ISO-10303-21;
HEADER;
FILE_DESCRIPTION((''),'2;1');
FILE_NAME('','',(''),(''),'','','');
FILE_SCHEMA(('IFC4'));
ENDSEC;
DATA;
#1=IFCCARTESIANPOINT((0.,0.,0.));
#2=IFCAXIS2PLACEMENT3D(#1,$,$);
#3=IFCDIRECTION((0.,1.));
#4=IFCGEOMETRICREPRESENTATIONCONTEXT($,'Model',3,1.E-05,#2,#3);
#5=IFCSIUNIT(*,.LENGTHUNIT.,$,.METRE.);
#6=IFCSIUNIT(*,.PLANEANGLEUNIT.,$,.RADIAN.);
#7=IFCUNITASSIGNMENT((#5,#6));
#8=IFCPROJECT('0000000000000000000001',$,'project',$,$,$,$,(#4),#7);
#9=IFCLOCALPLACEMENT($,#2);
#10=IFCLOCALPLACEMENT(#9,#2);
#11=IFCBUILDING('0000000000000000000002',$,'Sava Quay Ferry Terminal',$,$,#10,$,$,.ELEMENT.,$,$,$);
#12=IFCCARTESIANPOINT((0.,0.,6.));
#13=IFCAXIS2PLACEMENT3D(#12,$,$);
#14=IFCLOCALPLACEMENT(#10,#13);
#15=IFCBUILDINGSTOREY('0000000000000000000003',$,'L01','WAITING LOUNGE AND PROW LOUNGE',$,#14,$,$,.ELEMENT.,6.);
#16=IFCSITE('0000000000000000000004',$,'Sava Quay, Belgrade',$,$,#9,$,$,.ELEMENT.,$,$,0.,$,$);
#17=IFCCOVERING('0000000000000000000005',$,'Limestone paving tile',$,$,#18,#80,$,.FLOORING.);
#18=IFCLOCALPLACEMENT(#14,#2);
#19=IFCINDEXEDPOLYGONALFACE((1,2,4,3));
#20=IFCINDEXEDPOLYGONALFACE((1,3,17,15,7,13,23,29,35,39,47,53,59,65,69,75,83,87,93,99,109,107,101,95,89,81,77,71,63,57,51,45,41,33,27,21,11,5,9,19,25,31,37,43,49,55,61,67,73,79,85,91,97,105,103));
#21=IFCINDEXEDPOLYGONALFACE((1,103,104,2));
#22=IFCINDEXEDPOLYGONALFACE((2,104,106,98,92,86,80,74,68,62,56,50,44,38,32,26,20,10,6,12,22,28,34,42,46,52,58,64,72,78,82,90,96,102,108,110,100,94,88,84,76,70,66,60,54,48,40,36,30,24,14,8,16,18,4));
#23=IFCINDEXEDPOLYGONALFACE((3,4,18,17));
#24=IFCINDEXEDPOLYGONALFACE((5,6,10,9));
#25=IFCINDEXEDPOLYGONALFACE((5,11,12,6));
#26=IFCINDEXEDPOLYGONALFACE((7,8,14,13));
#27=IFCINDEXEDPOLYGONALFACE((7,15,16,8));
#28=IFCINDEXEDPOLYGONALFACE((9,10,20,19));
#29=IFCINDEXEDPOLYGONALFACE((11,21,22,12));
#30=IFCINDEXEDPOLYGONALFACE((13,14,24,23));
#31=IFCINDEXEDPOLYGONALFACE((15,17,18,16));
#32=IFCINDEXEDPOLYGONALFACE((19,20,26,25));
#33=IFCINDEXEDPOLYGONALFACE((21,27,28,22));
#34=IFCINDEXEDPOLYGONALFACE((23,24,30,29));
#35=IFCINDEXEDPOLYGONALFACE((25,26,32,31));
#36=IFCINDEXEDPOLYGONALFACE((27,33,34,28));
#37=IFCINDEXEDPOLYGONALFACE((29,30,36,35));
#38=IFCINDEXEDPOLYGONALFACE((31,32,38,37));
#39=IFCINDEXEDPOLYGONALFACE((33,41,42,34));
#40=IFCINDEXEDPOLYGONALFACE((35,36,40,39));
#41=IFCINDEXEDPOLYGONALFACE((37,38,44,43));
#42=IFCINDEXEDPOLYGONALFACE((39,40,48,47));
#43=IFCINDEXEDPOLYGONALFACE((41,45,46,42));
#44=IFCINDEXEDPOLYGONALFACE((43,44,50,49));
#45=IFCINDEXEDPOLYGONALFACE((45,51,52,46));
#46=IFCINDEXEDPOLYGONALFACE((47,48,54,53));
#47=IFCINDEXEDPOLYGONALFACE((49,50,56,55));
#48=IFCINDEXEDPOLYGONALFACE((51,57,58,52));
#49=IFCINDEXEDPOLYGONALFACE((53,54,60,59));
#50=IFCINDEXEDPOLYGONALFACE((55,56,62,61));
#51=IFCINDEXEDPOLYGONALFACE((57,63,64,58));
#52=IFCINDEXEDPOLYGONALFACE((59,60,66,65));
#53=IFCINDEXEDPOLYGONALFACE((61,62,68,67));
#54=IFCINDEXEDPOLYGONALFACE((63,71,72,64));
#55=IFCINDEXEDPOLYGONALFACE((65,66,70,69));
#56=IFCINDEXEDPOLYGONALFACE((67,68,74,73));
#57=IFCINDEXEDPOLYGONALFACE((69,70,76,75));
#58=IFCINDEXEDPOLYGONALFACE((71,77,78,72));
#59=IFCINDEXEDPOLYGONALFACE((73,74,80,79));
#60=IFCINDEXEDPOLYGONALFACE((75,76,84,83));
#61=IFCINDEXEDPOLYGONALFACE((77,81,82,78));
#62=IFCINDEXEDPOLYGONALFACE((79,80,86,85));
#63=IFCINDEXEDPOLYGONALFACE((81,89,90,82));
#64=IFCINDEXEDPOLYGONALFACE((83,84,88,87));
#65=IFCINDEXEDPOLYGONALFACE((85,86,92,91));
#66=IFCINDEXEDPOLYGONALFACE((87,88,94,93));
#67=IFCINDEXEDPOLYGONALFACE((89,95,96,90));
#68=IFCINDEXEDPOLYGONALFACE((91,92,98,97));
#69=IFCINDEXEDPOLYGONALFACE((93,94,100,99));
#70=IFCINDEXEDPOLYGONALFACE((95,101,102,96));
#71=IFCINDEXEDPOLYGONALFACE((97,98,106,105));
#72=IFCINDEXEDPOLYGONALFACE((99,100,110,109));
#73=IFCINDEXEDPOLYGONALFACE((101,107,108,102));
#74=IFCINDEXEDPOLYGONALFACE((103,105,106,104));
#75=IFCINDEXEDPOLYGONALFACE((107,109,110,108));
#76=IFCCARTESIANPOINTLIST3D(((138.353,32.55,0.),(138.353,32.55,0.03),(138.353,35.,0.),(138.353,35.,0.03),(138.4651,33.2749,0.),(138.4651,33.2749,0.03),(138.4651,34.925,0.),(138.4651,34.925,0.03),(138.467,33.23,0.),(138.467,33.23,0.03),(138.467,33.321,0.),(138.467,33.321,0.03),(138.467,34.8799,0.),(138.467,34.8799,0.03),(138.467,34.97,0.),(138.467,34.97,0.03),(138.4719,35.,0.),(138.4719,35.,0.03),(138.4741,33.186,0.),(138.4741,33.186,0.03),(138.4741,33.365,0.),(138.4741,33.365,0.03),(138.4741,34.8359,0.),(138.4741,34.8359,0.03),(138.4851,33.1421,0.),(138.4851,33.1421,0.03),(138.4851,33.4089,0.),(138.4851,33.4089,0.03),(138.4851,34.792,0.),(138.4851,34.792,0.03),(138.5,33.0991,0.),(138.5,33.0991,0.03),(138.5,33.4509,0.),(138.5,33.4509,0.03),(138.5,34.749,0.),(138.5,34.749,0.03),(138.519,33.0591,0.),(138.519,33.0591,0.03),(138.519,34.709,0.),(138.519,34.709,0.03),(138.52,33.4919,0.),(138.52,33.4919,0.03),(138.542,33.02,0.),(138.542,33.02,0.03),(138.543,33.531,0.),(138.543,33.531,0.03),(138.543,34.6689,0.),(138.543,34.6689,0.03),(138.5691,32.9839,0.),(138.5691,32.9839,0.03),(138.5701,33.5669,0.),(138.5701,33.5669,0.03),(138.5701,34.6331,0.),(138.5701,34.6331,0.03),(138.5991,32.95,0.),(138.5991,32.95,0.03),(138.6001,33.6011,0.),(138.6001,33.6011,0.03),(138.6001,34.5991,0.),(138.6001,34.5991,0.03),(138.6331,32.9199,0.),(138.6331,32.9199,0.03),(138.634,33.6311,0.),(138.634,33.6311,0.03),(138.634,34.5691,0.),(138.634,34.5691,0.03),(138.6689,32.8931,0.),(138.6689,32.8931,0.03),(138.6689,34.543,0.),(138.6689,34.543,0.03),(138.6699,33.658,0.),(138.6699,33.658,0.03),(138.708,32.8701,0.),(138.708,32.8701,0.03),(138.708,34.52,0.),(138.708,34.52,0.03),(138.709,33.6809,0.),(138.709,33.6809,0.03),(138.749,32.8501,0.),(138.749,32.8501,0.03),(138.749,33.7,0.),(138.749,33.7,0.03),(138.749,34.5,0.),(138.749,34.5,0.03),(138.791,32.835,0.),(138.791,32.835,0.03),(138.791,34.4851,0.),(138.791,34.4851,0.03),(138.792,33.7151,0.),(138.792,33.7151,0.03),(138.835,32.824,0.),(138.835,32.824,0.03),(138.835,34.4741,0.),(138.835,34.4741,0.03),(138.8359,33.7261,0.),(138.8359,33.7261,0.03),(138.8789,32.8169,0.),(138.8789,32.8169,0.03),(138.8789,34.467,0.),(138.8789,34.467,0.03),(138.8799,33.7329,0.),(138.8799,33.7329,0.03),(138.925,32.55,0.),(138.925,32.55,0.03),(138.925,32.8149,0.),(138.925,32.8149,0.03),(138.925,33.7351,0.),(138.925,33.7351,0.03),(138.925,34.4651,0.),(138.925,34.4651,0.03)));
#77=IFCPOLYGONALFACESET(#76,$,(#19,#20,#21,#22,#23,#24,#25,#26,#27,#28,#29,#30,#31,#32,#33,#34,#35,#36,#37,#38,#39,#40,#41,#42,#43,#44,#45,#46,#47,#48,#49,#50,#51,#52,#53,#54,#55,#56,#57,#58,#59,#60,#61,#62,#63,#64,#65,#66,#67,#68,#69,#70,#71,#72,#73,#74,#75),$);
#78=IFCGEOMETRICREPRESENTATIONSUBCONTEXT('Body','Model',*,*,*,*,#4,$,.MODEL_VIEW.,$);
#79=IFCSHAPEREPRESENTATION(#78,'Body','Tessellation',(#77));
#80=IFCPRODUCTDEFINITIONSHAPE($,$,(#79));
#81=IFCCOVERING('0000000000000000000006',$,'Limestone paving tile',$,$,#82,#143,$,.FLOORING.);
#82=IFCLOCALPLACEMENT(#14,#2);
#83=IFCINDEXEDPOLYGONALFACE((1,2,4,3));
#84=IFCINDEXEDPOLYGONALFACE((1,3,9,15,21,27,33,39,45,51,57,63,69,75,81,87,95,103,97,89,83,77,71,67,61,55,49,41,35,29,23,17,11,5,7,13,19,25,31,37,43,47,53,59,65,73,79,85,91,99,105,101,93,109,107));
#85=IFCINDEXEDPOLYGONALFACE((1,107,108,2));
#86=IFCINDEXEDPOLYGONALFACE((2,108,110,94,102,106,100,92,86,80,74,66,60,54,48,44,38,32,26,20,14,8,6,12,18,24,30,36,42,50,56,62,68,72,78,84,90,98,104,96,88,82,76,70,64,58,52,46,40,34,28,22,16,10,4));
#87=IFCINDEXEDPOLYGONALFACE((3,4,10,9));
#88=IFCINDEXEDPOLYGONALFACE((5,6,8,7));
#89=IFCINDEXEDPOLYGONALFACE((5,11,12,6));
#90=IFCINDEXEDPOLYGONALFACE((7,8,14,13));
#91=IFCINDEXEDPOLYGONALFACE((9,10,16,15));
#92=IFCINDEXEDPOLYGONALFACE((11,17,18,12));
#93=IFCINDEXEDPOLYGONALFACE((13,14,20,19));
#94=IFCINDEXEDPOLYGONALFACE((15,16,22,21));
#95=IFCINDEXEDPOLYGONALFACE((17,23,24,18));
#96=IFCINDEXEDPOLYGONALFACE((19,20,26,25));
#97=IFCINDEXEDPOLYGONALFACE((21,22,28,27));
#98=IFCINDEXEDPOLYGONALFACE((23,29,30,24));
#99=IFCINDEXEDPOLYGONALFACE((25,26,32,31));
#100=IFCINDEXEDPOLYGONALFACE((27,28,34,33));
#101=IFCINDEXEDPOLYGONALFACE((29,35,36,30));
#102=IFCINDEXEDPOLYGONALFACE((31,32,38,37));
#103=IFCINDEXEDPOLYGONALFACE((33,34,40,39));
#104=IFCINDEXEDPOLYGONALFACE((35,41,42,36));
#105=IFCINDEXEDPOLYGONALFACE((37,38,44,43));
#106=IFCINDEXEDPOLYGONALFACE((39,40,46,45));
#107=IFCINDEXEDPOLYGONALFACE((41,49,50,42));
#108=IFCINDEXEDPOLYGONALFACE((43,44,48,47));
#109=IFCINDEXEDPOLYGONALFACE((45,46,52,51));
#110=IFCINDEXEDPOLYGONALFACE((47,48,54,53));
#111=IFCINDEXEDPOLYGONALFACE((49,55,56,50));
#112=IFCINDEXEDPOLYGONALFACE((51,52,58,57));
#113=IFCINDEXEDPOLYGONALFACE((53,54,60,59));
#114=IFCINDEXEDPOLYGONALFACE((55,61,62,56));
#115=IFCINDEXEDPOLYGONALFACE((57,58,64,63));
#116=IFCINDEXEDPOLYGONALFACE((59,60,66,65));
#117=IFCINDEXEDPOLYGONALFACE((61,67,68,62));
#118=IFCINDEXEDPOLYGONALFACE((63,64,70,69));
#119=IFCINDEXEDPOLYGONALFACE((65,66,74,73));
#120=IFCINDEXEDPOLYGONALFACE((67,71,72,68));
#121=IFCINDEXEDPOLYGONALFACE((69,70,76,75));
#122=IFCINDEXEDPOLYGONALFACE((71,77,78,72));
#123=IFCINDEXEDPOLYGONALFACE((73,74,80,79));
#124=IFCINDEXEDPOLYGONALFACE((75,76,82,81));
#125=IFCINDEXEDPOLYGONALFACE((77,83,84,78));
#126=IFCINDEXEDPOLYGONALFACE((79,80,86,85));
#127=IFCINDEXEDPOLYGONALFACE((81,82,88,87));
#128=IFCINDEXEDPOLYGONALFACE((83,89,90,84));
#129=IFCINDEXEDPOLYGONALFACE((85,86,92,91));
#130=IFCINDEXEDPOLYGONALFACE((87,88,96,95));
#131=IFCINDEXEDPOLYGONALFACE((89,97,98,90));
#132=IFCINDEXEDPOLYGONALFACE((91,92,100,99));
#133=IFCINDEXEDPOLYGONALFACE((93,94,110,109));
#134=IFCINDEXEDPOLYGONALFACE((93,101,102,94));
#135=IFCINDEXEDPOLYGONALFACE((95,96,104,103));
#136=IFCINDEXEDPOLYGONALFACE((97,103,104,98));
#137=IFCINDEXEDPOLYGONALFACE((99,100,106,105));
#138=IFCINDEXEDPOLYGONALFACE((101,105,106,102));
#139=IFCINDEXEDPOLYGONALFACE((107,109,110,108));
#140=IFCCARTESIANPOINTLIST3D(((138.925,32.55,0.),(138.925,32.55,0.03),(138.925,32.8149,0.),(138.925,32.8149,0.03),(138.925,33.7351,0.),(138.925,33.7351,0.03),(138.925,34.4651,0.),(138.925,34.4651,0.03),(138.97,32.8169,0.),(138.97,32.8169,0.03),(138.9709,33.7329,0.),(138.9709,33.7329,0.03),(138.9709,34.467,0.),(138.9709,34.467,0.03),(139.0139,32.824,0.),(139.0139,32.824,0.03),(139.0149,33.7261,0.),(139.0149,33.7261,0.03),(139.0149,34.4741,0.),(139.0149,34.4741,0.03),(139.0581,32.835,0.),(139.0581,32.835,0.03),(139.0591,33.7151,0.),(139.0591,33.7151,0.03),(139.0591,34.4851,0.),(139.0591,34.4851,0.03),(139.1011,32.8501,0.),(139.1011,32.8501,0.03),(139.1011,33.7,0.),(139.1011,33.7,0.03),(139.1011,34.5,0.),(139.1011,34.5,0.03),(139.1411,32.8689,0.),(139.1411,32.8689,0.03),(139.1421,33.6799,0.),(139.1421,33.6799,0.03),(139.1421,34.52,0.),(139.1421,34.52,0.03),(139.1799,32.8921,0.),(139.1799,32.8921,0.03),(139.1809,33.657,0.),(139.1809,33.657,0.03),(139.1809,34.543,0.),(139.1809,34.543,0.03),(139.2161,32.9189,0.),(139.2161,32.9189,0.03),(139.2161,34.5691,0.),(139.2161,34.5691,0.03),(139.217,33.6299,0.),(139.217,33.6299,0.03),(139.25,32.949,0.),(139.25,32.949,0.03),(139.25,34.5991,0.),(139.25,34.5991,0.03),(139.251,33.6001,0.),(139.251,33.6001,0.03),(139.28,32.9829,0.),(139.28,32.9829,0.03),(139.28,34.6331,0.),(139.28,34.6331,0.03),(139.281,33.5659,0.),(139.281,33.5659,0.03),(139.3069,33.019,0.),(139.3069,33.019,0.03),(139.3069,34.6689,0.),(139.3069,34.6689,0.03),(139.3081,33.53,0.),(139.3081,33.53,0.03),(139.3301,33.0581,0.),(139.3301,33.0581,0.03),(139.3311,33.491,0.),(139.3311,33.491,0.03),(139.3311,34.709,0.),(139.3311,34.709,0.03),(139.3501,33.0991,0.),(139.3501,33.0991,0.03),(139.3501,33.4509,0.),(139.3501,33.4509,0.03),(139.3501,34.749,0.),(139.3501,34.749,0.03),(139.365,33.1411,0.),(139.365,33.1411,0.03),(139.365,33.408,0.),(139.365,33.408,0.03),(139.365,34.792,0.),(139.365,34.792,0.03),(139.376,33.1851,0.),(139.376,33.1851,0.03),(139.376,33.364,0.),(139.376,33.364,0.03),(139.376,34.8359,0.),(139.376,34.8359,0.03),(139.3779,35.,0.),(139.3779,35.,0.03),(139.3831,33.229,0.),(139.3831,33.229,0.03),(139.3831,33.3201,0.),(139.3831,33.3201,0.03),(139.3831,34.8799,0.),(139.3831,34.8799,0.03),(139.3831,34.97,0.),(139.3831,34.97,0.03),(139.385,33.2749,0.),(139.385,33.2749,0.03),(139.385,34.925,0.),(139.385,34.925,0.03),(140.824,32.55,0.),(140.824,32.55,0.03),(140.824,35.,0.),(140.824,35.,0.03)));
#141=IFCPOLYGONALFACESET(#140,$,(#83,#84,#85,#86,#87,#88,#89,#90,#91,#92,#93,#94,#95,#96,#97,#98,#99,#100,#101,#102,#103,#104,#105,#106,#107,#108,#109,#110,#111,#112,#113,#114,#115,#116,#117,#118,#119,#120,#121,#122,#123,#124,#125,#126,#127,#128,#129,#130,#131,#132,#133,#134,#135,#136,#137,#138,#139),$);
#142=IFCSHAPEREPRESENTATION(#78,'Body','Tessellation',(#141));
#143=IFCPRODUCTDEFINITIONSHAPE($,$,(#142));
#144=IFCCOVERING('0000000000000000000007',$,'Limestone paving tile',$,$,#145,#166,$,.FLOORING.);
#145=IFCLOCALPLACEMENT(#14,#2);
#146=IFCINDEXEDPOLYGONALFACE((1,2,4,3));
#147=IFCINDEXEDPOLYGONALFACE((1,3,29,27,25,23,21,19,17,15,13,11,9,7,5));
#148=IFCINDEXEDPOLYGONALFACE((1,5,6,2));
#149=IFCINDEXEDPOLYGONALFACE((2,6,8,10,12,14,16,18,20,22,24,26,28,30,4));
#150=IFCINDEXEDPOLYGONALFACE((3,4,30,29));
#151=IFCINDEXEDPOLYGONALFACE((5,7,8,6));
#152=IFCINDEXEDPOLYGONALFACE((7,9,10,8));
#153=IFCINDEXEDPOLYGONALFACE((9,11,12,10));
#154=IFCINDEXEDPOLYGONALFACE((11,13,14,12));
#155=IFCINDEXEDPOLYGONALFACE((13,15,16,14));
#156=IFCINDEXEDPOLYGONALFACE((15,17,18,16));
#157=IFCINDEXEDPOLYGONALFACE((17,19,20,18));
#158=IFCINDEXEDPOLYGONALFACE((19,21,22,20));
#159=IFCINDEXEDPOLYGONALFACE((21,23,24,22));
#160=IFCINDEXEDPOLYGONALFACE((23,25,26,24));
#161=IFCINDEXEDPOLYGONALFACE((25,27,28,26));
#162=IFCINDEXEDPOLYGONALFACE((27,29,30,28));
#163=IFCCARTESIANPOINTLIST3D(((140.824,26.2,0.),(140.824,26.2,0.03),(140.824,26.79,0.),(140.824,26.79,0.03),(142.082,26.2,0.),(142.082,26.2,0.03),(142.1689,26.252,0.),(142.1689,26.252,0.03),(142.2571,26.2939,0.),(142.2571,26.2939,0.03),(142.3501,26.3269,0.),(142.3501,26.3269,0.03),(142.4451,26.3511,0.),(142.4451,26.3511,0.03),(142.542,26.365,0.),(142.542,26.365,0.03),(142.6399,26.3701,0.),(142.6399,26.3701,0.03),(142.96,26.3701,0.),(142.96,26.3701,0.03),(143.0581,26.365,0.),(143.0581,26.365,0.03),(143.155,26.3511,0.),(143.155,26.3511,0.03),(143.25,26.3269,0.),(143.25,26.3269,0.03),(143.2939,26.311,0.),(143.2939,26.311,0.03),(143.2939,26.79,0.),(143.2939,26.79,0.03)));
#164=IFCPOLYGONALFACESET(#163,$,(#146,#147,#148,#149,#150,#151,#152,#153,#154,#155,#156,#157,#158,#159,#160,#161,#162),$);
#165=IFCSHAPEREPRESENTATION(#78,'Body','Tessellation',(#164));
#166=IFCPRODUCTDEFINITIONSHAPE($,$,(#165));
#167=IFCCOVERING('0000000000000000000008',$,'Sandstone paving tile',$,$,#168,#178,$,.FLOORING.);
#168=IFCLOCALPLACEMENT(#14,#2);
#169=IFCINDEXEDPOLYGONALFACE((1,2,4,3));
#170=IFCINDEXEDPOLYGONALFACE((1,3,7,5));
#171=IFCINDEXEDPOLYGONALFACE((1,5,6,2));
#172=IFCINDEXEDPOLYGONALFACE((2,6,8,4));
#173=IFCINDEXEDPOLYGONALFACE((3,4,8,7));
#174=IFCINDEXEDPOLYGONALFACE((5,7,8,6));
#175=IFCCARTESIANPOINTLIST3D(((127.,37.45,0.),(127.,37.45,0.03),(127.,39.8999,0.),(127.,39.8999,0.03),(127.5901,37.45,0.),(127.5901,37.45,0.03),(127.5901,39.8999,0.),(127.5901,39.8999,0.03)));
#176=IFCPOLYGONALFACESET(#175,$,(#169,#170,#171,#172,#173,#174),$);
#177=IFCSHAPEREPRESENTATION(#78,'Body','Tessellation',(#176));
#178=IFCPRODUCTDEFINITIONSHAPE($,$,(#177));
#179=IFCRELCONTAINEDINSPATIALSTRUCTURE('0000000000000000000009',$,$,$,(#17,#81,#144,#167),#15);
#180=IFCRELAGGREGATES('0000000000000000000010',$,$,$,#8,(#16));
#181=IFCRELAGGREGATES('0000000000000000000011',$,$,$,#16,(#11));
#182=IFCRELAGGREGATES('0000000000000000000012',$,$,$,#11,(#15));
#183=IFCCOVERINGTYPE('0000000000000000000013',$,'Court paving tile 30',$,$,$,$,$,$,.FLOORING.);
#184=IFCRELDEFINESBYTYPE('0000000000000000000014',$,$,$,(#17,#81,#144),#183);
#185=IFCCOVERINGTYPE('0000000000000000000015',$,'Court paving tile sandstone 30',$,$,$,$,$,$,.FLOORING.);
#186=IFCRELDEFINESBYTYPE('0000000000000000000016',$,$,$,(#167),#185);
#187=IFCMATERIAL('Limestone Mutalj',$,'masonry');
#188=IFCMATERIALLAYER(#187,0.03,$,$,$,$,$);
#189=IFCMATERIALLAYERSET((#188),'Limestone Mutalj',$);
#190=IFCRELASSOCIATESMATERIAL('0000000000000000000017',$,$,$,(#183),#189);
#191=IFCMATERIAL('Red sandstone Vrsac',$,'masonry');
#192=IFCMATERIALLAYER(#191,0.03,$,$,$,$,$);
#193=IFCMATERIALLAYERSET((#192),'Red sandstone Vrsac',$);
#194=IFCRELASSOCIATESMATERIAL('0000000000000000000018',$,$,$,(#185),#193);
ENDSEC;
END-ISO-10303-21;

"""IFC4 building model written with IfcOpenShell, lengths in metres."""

from ifc_helpers import new_model, si_unit, direction, frame, origin, place, context, subcontext, project, spatial, polyline, outline, extrude, material, layer, layer_set, type_object, element, save


model = new_model("IFC4")

# Units and contexts
model_context = context("Model", 3, precision=1e-05, world=origin(), true_north=direction((0.0, 1.0)))
body_context = subcontext(model_context, "Body", "Model", "MODEL_VIEW")
ifc_project = project(units=[si_unit("LENGTHUNIT", "METRE"), si_unit("PLANEANGLEUNIT", "RADIAN")], contexts=[model_context])

# Site, building, storey
site_placement = place(None, origin())
site = spatial("IfcSite", under=ifc_project, at=site_placement, Name="Sava Quay, Belgrade", CompositionType="ELEMENT", RefElevation=0.0)
building_placement = place(site_placement, origin())
building = spatial("IfcBuilding", under=site, at=building_placement, Name="Sava Quay Ferry Terminal", CompositionType="ELEMENT")
storey_placement = place(building_placement, frame((0.0, 0.0, 6.0)))
storey = spatial("IfcBuildingStorey", under=building, at=storey_placement, Name="L01", Description="WAITING LOUNGE AND PROW LOUNGE", CompositionType="ELEMENT", Elevation=6.0)

# Coverings
ifc_material_1 = material(Name="Limestone Mutalj", Category="masonry")
ifc_layer_1 = layer(ifc_material_1, 0.03)
ifc_layer_set_1 = layer_set([ifc_layer_1], Name="Limestone Mutalj")
covering_type_1 = type_object("IfcCoveringType", Name="Court paving tile 30", PredefinedType="FLOORING", material=ifc_layer_set_1)
covering_1_placement = place(storey_placement, origin())
element("IfcCovering", 1, at=covering_1_placement, inside=storey, type_object=covering_type_1, Name="Limestone paving tile", PredefinedType="FLOORING", context=body_context, shape_type="SweptSolid", body=[
    extrude(outline(polyline([(138.353, 32.55), (138.925, 32.55), (138.925, 32.8149), (138.8789, 32.8169), (138.835, 32.824), (138.791, 32.835), (138.749, 32.8501), (138.708, 32.8701), (138.6689, 32.8931), (138.6331, 32.9199), (138.5991, 32.95), (138.5691, 32.9839), (138.542, 33.02), (138.519, 33.0591), (138.5, 33.0991), (138.4851, 33.1421), (138.4741, 33.186), (138.467, 33.23), (138.4651, 33.2749), (138.467, 33.321), (138.4741, 33.365), (138.4851, 33.4089), (138.5, 33.4509), (138.52, 33.4919), (138.543, 33.531), (138.5701, 33.5669), (138.6001, 33.6011), (138.634, 33.6311), (138.6699, 33.658), (138.709, 33.6809), (138.749, 33.7), (138.792, 33.7151), (138.8359, 33.7261), (138.8799, 33.7329), (138.925, 33.7351), (138.925, 34.4651), (138.8789, 34.467), (138.835, 34.4741), (138.791, 34.4851), (138.749, 34.5), (138.708, 34.52), (138.6689, 34.543), (138.634, 34.5691), (138.6001, 34.5991), (138.5701, 34.6331), (138.543, 34.6689), (138.519, 34.709), (138.5, 34.749), (138.4851, 34.792), (138.4741, 34.8359), (138.467, 34.8799), (138.4651, 34.925), (138.467, 34.97), (138.4719, 35.0), (138.353, 35.0), (138.353, 32.55)])), origin(), (0.0, 0.0, 1.0), 0.03),
])
covering_2_placement = place(storey_placement, origin())
element("IfcCovering", 2, at=covering_2_placement, inside=storey, type_object=covering_type_1, Name="Limestone paving tile", PredefinedType="FLOORING", context=body_context, shape_type="SweptSolid", body=[
    extrude(outline(polyline([(140.824, 32.55), (140.824, 35.0), (139.3779, 35.0), (139.3831, 34.97), (139.385, 34.925), (139.3831, 34.8799), (139.376, 34.8359), (139.365, 34.792), (139.3501, 34.749), (139.3311, 34.709), (139.3069, 34.6689), (139.28, 34.6331), (139.25, 34.5991), (139.2161, 34.5691), (139.1809, 34.543), (139.1421, 34.52), (139.1011, 34.5), (139.0591, 34.4851), (139.0149, 34.4741), (138.9709, 34.467), (138.925, 34.4651), (138.925, 33.7351), (138.9709, 33.7329), (139.0149, 33.7261), (139.0591, 33.7151), (139.1011, 33.7), (139.1421, 33.6799), (139.1809, 33.657), (139.217, 33.6299), (139.251, 33.6001), (139.281, 33.5659), (139.3081, 33.53), (139.3311, 33.491), (139.3501, 33.4509), (139.365, 33.408), (139.376, 33.364), (139.3831, 33.3201), (139.385, 33.2749), (139.3831, 33.229), (139.376, 33.1851), (139.365, 33.1411), (139.3501, 33.0991), (139.3301, 33.0581), (139.3069, 33.019), (139.28, 32.9829), (139.25, 32.949), (139.2161, 32.9189), (139.1799, 32.8921), (139.1411, 32.8689), (139.1011, 32.8501), (139.0581, 32.835), (139.0139, 32.824), (138.97, 32.8169), (138.925, 32.8149), (138.925, 32.55), (140.824, 32.55)])), origin(), (0.0, 0.0, 1.0), 0.03),
])
covering_3_placement = place(storey_placement, origin())
element("IfcCovering", 3, at=covering_3_placement, inside=storey, type_object=covering_type_1, Name="Limestone paving tile", PredefinedType="FLOORING", context=body_context, shape_type="SweptSolid", body=[
    extrude(outline(polyline([(143.2939, 26.311), (143.2939, 26.79), (140.824, 26.79), (140.824, 26.2), (142.082, 26.2), (142.1689, 26.252), (142.2571, 26.2939), (142.3501, 26.3269), (142.4451, 26.3511), (142.542, 26.365), (142.6399, 26.3701), (142.96, 26.3701), (143.0581, 26.365), (143.155, 26.3511), (143.25, 26.3269), (143.2939, 26.311)])), origin(), (0.0, 0.0, 1.0), 0.03),
])
ifc_material_2 = material(Name="Red sandstone Vrsac", Category="masonry")
ifc_layer_2 = layer(ifc_material_2, 0.03)
ifc_layer_set_2 = layer_set([ifc_layer_2], Name="Red sandstone Vrsac")
covering_type_2 = type_object("IfcCoveringType", Name="Court paving tile sandstone 30", PredefinedType="FLOORING", material=ifc_layer_set_2)
covering_4_placement = place(storey_placement, origin())
element("IfcCovering", 4, at=covering_4_placement, inside=storey, type_object=covering_type_2, Name="Sandstone paving tile", PredefinedType="FLOORING", context=body_context, shape_type="SweptSolid", body=[
    extrude(outline(polyline([(127.5901, 39.8999), (127.0, 39.8999), (127.0, 37.45), (127.5901, 37.45), (127.5901, 39.8999)])), origin(), (0.0, 0.0, 1.0), 0.03),
])

save(model, "model.ifc")
